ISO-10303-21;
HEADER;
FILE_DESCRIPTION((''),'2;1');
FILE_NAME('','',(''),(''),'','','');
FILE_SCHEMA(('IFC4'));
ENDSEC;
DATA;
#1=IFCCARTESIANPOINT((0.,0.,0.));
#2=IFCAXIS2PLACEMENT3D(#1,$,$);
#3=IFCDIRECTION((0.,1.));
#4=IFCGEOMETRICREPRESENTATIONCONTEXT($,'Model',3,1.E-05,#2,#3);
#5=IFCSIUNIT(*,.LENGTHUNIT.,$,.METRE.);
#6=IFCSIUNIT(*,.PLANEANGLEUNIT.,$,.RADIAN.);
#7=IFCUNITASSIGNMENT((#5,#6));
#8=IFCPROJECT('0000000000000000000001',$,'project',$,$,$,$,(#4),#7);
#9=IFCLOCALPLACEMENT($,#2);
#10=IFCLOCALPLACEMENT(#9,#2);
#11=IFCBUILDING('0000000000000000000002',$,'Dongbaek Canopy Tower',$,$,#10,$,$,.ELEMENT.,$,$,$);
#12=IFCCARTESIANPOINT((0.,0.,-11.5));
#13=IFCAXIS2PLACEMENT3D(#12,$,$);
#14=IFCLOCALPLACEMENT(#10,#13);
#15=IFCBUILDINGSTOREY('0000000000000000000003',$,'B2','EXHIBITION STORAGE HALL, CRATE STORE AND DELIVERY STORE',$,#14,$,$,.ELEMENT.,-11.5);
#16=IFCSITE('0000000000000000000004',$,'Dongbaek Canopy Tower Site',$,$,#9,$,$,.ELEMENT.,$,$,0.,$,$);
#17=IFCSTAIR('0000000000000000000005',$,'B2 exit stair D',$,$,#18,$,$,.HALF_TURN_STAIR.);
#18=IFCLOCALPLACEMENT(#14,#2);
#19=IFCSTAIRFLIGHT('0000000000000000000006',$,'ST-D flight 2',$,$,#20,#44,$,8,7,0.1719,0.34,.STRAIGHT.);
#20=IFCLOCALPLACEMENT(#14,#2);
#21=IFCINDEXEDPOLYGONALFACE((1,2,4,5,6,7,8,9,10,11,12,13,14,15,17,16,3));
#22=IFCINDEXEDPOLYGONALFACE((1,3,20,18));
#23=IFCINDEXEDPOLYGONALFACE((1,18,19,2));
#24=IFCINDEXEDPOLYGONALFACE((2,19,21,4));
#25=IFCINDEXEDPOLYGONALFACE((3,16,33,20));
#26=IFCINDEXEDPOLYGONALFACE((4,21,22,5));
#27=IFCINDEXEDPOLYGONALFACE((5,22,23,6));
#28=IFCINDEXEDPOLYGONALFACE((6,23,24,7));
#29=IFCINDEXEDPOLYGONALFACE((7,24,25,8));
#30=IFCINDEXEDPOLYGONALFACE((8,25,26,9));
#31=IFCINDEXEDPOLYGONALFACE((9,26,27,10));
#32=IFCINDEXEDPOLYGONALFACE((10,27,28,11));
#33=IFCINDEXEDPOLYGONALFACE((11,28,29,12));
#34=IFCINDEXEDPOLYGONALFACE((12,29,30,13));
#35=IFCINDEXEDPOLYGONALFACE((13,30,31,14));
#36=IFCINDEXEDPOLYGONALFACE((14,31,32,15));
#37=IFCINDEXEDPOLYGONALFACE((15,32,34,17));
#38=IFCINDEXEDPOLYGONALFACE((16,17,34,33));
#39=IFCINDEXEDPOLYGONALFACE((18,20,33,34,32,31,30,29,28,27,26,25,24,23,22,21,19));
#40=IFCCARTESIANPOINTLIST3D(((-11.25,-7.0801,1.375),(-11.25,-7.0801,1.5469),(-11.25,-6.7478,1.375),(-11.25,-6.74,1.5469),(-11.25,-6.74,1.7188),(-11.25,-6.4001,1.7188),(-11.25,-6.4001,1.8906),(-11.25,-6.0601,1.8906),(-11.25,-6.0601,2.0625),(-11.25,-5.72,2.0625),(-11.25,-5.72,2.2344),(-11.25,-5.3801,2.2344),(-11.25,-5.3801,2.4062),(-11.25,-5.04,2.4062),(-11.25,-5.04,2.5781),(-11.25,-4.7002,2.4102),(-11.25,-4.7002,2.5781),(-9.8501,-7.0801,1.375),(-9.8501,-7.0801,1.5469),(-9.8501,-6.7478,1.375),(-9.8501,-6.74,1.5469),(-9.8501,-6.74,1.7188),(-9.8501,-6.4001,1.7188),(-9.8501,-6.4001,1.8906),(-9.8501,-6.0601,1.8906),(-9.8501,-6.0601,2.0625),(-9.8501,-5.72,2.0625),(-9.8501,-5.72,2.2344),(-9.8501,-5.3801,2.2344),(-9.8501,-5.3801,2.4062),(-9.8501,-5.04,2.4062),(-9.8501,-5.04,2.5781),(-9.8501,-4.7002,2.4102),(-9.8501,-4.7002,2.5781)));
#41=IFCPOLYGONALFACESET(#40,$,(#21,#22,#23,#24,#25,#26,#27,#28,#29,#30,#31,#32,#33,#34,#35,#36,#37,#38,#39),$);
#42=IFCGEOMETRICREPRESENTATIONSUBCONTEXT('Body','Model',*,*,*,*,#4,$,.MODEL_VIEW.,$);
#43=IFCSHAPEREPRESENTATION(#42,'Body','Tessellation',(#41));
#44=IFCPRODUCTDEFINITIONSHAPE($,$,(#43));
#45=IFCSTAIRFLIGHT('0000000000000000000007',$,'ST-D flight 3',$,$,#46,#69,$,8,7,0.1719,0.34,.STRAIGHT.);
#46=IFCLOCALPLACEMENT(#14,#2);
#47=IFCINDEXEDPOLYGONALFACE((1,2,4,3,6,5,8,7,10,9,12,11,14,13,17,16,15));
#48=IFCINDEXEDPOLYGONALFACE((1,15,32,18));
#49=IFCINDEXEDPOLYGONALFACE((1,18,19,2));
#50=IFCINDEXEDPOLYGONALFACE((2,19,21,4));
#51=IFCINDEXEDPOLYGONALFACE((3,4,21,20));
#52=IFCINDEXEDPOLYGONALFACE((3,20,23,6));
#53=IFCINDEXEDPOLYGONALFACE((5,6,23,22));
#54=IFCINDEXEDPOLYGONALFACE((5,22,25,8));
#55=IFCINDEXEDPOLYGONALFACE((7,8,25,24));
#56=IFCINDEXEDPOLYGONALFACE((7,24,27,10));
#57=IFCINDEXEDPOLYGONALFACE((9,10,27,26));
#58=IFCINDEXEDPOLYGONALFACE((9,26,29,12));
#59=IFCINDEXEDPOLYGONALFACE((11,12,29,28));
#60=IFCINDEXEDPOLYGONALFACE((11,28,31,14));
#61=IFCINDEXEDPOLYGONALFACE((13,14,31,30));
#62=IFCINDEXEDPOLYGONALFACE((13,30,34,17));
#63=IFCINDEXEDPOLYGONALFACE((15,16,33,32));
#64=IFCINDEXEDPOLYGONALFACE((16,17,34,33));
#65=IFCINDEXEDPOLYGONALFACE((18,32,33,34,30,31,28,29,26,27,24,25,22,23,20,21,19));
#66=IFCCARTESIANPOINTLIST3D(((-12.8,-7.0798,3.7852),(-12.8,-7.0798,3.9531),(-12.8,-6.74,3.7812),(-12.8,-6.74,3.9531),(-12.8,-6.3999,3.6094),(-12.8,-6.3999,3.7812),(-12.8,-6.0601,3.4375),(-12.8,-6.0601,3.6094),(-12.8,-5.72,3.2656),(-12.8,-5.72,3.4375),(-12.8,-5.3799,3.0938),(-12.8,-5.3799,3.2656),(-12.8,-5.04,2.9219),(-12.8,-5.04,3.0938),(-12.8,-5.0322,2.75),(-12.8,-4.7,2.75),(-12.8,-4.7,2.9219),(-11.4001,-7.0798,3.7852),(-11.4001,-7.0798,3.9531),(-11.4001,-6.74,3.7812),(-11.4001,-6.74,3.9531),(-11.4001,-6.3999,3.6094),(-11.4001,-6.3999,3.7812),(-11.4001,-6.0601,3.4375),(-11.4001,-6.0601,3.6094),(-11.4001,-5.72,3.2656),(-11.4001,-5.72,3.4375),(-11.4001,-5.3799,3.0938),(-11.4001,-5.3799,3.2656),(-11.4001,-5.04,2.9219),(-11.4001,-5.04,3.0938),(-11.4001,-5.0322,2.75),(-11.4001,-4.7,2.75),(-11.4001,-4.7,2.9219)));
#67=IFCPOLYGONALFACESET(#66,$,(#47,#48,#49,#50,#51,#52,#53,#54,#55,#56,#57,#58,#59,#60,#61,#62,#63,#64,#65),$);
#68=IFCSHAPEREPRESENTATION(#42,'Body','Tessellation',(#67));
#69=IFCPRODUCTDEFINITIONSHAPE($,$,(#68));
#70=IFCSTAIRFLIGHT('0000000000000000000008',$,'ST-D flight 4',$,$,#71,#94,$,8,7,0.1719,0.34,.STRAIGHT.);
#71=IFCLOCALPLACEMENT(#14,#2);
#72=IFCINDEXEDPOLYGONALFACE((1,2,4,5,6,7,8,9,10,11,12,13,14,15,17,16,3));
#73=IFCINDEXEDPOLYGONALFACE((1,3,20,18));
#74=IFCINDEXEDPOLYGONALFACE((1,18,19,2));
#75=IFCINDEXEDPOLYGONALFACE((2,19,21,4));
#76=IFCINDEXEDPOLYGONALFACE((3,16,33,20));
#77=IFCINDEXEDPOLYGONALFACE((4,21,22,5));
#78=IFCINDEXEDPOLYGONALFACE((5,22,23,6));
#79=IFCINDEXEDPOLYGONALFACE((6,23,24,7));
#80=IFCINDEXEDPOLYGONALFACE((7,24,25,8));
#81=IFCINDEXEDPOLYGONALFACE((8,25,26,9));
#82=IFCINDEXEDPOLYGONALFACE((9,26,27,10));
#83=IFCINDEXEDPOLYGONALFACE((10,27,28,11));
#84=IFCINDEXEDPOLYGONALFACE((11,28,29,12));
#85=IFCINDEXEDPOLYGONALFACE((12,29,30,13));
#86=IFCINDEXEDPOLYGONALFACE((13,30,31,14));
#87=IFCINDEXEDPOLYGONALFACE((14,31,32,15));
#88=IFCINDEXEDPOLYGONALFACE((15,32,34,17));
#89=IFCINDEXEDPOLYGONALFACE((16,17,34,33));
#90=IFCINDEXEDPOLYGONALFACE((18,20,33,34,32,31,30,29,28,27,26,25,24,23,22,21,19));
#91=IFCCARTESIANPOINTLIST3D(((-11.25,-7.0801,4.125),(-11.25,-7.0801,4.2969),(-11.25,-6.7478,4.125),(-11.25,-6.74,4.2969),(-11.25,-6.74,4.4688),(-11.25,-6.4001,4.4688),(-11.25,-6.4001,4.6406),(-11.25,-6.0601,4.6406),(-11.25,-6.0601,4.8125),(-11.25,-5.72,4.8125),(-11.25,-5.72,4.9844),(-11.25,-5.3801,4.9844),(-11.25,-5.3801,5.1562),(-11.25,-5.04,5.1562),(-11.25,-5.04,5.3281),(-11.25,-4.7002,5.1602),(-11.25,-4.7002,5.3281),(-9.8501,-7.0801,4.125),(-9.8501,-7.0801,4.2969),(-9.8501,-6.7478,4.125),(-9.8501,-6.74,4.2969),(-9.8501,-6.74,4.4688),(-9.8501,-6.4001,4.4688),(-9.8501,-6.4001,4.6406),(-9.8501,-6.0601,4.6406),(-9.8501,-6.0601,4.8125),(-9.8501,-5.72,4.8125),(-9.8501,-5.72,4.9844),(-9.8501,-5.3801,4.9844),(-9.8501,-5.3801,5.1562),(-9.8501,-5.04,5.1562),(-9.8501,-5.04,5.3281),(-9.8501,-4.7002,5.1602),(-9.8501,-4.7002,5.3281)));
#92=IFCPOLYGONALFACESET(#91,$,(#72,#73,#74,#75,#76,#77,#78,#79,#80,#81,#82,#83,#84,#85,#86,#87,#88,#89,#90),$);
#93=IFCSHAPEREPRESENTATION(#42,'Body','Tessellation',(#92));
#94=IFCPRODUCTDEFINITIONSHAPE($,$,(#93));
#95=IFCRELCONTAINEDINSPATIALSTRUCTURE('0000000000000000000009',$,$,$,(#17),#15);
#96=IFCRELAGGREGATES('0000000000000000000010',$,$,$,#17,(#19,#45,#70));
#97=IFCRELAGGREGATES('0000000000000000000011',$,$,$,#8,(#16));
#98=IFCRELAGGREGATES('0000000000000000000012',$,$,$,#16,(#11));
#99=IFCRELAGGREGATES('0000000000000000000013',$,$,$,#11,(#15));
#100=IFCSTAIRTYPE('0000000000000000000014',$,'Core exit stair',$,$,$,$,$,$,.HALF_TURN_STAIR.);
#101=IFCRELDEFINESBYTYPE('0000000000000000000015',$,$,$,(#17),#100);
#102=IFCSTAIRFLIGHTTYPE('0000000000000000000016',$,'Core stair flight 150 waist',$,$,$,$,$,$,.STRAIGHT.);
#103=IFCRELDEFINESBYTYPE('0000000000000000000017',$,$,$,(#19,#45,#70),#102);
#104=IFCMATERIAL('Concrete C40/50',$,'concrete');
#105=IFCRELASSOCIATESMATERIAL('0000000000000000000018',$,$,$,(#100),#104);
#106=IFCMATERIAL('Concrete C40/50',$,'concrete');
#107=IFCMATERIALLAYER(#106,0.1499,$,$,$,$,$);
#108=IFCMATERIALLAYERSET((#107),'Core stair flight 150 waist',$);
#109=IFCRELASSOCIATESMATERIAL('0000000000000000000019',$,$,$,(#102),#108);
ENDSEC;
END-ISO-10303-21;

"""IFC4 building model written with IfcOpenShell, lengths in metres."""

from ifc_helpers import new_model, si_unit, direction, frame, origin, place, context, subcontext, project, spatial, polyline, outline, extrude, material, layer, layer_set, type_object, element, aggregate, save


model = new_model("IFC4")

# Units and contexts
model_context = context("Model", 3, precision=1e-05, world=origin(), true_north=direction((0.0, 1.0)))
body_context = subcontext(model_context, "Body", "Model", "MODEL_VIEW")
ifc_project = project(units=[si_unit("LENGTHUNIT", "METRE"), si_unit("PLANEANGLEUNIT", "RADIAN")], contexts=[model_context])

# Site, building, storey
site_placement = place(None, origin())
site = spatial("IfcSite", under=ifc_project, at=site_placement, Name="Dongbaek Canopy Tower Site", CompositionType="ELEMENT", RefElevation=0.0)
building_placement = place(site_placement, origin())
building = spatial("IfcBuilding", under=site, at=building_placement, Name="Dongbaek Canopy Tower", CompositionType="ELEMENT")
storey_placement = place(building_placement, frame((0.0, 0.0, -11.5)))
storey = spatial("IfcBuildingStorey", under=building, at=storey_placement, Name="B2", Description="EXHIBITION STORAGE HALL, CRATE STORE AND DELIVERY STORE", CompositionType="ELEMENT", Elevation=-11.5)

# Stair, stair flights
ifc_material_1 = material(Name="Concrete C40/50", Category="concrete")
stair_type = type_object("IfcStairType", Name="Core exit stair", PredefinedType="HALF_TURN_STAIR", material=ifc_material_1)
stair_placement = place(storey_placement, origin())
stair = element("IfcStair", 1, at=stair_placement, inside=storey, type_object=stair_type, Name="B2 exit stair D", PredefinedType="HALF_TURN_STAIR")
ifc_material_2 = material(Name="Concrete C40/50", Category="concrete")
ifc_layer_1 = layer(ifc_material_2, 0.1499)
ifc_layer_set_1 = layer_set([ifc_layer_1], Name="Core stair flight 150 waist")
stair_flight_type = type_object("IfcStairFlightType", Name="Core stair flight 150 waist", PredefinedType="STRAIGHT", material=ifc_layer_set_1)
stair_flight_1_placement = place(storey_placement, frame((-10.55, -7.0801, 1.375), z_axis=(0.0, 0.0, 1.0), x_axis=(0.0, 1.0, 0.0)))
stair_flight_1 = element("IfcStairFlight", 2, at=stair_flight_1_placement, type_object=stair_flight_type, Name="ST-D flight 2", NumberOfRisers=8, NumberOfTreads=7, PredefinedType="STRAIGHT", RiserHeight=0.1719, TreadLength=0.34, context=body_context, shape_type="SweptSolid", body=[
    extrude(outline(polyline([(0.0, 0.0), (0.0, 0.1719), (0.3401, 0.1719), (0.3401, 0.3438), (0.6799, 0.3438), (0.6799, 0.5156), (1.02, 0.5156), (1.02, 0.6875), (1.3601, 0.6875), (1.3601, 0.8594), (1.7, 0.8594), (1.7, 1.0312), (2.04, 1.0312), (2.04, 1.2031), (2.3799, 1.2031), (2.3799, 1.375), (2.3799, 1.0352), (0.3323, 0.0), (0.0, 0.0)])), frame((0.0, 0.7, 0.0), z_axis=(0.0, -1.0, 0.0), x_axis=(1.0, 0.0, 0.0)), (0.0, 0.0, 1.0), 1.3999),
])
stair_flight_2_placement = place(storey_placement, frame((-12.1001, -4.7, 2.75), z_axis=(0.0, 0.0, 1.0), x_axis=(0.0, -1.0, 0.0)))
stair_flight_2 = element("IfcStairFlight", 3, at=stair_flight_2_placement, type_object=stair_flight_type, Name="ST-D flight 3", NumberOfRisers=8, NumberOfTreads=7, PredefinedType="STRAIGHT", RiserHeight=0.1719, TreadLength=0.34, context=body_context, shape_type="SweptSolid", body=[
    extrude(outline(polyline([(0.0, 0.0), (0.0, 0.1719), (0.3401, 0.1719), (0.3401, 0.3438), (0.6799, 0.3438), (0.6799, 0.5156), (1.02, 0.5156), (1.02, 0.6875), (1.3601, 0.6875), (1.3601, 0.8594), (1.7, 0.8594), (1.7, 1.0312), (2.04, 1.0312), (2.04, 1.2031), (2.3799, 1.2031), (2.3799, 1.375), (2.3799, 1.0352), (0.3323, 0.0), (0.0, 0.0)])), frame((0.0, 0.7, 0.0), z_axis=(0.0, -1.0, 0.0), x_axis=(1.0, 0.0, 0.0)), (0.0, 0.0, 1.0), 1.3999),
])
stair_flight_3_placement = place(storey_placement, frame((-10.55, -7.0801, 4.125), z_axis=(0.0, 0.0, 1.0), x_axis=(0.0, 1.0, 0.0)))
stair_flight_3 = element("IfcStairFlight", 4, at=stair_flight_3_placement, type_object=stair_flight_type, Name="ST-D flight 4", NumberOfRisers=8, NumberOfTreads=7, PredefinedType="STRAIGHT", RiserHeight=0.1719, TreadLength=0.34, context=body_context, shape_type="SweptSolid", body=[
    extrude(outline(polyline([(0.0, 0.0), (0.0, 0.1719), (0.3401, 0.1719), (0.3401, 0.3438), (0.6799, 0.3438), (0.6799, 0.5156), (1.02, 0.5156), (1.02, 0.6875), (1.3601, 0.6875), (1.3601, 0.8594), (1.7, 0.8594), (1.7, 1.0312), (2.04, 1.0312), (2.04, 1.2031), (2.3799, 1.2031), (2.3799, 1.375), (2.3799, 1.0352), (0.3323, 0.0), (0.0, 0.0)])), frame((0.0, 0.7, 0.0), z_axis=(0.0, -1.0, 0.0), x_axis=(1.0, 0.0, 0.0)), (0.0, 0.0, 1.0), 1.3999),
])
aggregate(stair, [stair_flight_1, stair_flight_2, stair_flight_3])

save(model, "model.ifc")
